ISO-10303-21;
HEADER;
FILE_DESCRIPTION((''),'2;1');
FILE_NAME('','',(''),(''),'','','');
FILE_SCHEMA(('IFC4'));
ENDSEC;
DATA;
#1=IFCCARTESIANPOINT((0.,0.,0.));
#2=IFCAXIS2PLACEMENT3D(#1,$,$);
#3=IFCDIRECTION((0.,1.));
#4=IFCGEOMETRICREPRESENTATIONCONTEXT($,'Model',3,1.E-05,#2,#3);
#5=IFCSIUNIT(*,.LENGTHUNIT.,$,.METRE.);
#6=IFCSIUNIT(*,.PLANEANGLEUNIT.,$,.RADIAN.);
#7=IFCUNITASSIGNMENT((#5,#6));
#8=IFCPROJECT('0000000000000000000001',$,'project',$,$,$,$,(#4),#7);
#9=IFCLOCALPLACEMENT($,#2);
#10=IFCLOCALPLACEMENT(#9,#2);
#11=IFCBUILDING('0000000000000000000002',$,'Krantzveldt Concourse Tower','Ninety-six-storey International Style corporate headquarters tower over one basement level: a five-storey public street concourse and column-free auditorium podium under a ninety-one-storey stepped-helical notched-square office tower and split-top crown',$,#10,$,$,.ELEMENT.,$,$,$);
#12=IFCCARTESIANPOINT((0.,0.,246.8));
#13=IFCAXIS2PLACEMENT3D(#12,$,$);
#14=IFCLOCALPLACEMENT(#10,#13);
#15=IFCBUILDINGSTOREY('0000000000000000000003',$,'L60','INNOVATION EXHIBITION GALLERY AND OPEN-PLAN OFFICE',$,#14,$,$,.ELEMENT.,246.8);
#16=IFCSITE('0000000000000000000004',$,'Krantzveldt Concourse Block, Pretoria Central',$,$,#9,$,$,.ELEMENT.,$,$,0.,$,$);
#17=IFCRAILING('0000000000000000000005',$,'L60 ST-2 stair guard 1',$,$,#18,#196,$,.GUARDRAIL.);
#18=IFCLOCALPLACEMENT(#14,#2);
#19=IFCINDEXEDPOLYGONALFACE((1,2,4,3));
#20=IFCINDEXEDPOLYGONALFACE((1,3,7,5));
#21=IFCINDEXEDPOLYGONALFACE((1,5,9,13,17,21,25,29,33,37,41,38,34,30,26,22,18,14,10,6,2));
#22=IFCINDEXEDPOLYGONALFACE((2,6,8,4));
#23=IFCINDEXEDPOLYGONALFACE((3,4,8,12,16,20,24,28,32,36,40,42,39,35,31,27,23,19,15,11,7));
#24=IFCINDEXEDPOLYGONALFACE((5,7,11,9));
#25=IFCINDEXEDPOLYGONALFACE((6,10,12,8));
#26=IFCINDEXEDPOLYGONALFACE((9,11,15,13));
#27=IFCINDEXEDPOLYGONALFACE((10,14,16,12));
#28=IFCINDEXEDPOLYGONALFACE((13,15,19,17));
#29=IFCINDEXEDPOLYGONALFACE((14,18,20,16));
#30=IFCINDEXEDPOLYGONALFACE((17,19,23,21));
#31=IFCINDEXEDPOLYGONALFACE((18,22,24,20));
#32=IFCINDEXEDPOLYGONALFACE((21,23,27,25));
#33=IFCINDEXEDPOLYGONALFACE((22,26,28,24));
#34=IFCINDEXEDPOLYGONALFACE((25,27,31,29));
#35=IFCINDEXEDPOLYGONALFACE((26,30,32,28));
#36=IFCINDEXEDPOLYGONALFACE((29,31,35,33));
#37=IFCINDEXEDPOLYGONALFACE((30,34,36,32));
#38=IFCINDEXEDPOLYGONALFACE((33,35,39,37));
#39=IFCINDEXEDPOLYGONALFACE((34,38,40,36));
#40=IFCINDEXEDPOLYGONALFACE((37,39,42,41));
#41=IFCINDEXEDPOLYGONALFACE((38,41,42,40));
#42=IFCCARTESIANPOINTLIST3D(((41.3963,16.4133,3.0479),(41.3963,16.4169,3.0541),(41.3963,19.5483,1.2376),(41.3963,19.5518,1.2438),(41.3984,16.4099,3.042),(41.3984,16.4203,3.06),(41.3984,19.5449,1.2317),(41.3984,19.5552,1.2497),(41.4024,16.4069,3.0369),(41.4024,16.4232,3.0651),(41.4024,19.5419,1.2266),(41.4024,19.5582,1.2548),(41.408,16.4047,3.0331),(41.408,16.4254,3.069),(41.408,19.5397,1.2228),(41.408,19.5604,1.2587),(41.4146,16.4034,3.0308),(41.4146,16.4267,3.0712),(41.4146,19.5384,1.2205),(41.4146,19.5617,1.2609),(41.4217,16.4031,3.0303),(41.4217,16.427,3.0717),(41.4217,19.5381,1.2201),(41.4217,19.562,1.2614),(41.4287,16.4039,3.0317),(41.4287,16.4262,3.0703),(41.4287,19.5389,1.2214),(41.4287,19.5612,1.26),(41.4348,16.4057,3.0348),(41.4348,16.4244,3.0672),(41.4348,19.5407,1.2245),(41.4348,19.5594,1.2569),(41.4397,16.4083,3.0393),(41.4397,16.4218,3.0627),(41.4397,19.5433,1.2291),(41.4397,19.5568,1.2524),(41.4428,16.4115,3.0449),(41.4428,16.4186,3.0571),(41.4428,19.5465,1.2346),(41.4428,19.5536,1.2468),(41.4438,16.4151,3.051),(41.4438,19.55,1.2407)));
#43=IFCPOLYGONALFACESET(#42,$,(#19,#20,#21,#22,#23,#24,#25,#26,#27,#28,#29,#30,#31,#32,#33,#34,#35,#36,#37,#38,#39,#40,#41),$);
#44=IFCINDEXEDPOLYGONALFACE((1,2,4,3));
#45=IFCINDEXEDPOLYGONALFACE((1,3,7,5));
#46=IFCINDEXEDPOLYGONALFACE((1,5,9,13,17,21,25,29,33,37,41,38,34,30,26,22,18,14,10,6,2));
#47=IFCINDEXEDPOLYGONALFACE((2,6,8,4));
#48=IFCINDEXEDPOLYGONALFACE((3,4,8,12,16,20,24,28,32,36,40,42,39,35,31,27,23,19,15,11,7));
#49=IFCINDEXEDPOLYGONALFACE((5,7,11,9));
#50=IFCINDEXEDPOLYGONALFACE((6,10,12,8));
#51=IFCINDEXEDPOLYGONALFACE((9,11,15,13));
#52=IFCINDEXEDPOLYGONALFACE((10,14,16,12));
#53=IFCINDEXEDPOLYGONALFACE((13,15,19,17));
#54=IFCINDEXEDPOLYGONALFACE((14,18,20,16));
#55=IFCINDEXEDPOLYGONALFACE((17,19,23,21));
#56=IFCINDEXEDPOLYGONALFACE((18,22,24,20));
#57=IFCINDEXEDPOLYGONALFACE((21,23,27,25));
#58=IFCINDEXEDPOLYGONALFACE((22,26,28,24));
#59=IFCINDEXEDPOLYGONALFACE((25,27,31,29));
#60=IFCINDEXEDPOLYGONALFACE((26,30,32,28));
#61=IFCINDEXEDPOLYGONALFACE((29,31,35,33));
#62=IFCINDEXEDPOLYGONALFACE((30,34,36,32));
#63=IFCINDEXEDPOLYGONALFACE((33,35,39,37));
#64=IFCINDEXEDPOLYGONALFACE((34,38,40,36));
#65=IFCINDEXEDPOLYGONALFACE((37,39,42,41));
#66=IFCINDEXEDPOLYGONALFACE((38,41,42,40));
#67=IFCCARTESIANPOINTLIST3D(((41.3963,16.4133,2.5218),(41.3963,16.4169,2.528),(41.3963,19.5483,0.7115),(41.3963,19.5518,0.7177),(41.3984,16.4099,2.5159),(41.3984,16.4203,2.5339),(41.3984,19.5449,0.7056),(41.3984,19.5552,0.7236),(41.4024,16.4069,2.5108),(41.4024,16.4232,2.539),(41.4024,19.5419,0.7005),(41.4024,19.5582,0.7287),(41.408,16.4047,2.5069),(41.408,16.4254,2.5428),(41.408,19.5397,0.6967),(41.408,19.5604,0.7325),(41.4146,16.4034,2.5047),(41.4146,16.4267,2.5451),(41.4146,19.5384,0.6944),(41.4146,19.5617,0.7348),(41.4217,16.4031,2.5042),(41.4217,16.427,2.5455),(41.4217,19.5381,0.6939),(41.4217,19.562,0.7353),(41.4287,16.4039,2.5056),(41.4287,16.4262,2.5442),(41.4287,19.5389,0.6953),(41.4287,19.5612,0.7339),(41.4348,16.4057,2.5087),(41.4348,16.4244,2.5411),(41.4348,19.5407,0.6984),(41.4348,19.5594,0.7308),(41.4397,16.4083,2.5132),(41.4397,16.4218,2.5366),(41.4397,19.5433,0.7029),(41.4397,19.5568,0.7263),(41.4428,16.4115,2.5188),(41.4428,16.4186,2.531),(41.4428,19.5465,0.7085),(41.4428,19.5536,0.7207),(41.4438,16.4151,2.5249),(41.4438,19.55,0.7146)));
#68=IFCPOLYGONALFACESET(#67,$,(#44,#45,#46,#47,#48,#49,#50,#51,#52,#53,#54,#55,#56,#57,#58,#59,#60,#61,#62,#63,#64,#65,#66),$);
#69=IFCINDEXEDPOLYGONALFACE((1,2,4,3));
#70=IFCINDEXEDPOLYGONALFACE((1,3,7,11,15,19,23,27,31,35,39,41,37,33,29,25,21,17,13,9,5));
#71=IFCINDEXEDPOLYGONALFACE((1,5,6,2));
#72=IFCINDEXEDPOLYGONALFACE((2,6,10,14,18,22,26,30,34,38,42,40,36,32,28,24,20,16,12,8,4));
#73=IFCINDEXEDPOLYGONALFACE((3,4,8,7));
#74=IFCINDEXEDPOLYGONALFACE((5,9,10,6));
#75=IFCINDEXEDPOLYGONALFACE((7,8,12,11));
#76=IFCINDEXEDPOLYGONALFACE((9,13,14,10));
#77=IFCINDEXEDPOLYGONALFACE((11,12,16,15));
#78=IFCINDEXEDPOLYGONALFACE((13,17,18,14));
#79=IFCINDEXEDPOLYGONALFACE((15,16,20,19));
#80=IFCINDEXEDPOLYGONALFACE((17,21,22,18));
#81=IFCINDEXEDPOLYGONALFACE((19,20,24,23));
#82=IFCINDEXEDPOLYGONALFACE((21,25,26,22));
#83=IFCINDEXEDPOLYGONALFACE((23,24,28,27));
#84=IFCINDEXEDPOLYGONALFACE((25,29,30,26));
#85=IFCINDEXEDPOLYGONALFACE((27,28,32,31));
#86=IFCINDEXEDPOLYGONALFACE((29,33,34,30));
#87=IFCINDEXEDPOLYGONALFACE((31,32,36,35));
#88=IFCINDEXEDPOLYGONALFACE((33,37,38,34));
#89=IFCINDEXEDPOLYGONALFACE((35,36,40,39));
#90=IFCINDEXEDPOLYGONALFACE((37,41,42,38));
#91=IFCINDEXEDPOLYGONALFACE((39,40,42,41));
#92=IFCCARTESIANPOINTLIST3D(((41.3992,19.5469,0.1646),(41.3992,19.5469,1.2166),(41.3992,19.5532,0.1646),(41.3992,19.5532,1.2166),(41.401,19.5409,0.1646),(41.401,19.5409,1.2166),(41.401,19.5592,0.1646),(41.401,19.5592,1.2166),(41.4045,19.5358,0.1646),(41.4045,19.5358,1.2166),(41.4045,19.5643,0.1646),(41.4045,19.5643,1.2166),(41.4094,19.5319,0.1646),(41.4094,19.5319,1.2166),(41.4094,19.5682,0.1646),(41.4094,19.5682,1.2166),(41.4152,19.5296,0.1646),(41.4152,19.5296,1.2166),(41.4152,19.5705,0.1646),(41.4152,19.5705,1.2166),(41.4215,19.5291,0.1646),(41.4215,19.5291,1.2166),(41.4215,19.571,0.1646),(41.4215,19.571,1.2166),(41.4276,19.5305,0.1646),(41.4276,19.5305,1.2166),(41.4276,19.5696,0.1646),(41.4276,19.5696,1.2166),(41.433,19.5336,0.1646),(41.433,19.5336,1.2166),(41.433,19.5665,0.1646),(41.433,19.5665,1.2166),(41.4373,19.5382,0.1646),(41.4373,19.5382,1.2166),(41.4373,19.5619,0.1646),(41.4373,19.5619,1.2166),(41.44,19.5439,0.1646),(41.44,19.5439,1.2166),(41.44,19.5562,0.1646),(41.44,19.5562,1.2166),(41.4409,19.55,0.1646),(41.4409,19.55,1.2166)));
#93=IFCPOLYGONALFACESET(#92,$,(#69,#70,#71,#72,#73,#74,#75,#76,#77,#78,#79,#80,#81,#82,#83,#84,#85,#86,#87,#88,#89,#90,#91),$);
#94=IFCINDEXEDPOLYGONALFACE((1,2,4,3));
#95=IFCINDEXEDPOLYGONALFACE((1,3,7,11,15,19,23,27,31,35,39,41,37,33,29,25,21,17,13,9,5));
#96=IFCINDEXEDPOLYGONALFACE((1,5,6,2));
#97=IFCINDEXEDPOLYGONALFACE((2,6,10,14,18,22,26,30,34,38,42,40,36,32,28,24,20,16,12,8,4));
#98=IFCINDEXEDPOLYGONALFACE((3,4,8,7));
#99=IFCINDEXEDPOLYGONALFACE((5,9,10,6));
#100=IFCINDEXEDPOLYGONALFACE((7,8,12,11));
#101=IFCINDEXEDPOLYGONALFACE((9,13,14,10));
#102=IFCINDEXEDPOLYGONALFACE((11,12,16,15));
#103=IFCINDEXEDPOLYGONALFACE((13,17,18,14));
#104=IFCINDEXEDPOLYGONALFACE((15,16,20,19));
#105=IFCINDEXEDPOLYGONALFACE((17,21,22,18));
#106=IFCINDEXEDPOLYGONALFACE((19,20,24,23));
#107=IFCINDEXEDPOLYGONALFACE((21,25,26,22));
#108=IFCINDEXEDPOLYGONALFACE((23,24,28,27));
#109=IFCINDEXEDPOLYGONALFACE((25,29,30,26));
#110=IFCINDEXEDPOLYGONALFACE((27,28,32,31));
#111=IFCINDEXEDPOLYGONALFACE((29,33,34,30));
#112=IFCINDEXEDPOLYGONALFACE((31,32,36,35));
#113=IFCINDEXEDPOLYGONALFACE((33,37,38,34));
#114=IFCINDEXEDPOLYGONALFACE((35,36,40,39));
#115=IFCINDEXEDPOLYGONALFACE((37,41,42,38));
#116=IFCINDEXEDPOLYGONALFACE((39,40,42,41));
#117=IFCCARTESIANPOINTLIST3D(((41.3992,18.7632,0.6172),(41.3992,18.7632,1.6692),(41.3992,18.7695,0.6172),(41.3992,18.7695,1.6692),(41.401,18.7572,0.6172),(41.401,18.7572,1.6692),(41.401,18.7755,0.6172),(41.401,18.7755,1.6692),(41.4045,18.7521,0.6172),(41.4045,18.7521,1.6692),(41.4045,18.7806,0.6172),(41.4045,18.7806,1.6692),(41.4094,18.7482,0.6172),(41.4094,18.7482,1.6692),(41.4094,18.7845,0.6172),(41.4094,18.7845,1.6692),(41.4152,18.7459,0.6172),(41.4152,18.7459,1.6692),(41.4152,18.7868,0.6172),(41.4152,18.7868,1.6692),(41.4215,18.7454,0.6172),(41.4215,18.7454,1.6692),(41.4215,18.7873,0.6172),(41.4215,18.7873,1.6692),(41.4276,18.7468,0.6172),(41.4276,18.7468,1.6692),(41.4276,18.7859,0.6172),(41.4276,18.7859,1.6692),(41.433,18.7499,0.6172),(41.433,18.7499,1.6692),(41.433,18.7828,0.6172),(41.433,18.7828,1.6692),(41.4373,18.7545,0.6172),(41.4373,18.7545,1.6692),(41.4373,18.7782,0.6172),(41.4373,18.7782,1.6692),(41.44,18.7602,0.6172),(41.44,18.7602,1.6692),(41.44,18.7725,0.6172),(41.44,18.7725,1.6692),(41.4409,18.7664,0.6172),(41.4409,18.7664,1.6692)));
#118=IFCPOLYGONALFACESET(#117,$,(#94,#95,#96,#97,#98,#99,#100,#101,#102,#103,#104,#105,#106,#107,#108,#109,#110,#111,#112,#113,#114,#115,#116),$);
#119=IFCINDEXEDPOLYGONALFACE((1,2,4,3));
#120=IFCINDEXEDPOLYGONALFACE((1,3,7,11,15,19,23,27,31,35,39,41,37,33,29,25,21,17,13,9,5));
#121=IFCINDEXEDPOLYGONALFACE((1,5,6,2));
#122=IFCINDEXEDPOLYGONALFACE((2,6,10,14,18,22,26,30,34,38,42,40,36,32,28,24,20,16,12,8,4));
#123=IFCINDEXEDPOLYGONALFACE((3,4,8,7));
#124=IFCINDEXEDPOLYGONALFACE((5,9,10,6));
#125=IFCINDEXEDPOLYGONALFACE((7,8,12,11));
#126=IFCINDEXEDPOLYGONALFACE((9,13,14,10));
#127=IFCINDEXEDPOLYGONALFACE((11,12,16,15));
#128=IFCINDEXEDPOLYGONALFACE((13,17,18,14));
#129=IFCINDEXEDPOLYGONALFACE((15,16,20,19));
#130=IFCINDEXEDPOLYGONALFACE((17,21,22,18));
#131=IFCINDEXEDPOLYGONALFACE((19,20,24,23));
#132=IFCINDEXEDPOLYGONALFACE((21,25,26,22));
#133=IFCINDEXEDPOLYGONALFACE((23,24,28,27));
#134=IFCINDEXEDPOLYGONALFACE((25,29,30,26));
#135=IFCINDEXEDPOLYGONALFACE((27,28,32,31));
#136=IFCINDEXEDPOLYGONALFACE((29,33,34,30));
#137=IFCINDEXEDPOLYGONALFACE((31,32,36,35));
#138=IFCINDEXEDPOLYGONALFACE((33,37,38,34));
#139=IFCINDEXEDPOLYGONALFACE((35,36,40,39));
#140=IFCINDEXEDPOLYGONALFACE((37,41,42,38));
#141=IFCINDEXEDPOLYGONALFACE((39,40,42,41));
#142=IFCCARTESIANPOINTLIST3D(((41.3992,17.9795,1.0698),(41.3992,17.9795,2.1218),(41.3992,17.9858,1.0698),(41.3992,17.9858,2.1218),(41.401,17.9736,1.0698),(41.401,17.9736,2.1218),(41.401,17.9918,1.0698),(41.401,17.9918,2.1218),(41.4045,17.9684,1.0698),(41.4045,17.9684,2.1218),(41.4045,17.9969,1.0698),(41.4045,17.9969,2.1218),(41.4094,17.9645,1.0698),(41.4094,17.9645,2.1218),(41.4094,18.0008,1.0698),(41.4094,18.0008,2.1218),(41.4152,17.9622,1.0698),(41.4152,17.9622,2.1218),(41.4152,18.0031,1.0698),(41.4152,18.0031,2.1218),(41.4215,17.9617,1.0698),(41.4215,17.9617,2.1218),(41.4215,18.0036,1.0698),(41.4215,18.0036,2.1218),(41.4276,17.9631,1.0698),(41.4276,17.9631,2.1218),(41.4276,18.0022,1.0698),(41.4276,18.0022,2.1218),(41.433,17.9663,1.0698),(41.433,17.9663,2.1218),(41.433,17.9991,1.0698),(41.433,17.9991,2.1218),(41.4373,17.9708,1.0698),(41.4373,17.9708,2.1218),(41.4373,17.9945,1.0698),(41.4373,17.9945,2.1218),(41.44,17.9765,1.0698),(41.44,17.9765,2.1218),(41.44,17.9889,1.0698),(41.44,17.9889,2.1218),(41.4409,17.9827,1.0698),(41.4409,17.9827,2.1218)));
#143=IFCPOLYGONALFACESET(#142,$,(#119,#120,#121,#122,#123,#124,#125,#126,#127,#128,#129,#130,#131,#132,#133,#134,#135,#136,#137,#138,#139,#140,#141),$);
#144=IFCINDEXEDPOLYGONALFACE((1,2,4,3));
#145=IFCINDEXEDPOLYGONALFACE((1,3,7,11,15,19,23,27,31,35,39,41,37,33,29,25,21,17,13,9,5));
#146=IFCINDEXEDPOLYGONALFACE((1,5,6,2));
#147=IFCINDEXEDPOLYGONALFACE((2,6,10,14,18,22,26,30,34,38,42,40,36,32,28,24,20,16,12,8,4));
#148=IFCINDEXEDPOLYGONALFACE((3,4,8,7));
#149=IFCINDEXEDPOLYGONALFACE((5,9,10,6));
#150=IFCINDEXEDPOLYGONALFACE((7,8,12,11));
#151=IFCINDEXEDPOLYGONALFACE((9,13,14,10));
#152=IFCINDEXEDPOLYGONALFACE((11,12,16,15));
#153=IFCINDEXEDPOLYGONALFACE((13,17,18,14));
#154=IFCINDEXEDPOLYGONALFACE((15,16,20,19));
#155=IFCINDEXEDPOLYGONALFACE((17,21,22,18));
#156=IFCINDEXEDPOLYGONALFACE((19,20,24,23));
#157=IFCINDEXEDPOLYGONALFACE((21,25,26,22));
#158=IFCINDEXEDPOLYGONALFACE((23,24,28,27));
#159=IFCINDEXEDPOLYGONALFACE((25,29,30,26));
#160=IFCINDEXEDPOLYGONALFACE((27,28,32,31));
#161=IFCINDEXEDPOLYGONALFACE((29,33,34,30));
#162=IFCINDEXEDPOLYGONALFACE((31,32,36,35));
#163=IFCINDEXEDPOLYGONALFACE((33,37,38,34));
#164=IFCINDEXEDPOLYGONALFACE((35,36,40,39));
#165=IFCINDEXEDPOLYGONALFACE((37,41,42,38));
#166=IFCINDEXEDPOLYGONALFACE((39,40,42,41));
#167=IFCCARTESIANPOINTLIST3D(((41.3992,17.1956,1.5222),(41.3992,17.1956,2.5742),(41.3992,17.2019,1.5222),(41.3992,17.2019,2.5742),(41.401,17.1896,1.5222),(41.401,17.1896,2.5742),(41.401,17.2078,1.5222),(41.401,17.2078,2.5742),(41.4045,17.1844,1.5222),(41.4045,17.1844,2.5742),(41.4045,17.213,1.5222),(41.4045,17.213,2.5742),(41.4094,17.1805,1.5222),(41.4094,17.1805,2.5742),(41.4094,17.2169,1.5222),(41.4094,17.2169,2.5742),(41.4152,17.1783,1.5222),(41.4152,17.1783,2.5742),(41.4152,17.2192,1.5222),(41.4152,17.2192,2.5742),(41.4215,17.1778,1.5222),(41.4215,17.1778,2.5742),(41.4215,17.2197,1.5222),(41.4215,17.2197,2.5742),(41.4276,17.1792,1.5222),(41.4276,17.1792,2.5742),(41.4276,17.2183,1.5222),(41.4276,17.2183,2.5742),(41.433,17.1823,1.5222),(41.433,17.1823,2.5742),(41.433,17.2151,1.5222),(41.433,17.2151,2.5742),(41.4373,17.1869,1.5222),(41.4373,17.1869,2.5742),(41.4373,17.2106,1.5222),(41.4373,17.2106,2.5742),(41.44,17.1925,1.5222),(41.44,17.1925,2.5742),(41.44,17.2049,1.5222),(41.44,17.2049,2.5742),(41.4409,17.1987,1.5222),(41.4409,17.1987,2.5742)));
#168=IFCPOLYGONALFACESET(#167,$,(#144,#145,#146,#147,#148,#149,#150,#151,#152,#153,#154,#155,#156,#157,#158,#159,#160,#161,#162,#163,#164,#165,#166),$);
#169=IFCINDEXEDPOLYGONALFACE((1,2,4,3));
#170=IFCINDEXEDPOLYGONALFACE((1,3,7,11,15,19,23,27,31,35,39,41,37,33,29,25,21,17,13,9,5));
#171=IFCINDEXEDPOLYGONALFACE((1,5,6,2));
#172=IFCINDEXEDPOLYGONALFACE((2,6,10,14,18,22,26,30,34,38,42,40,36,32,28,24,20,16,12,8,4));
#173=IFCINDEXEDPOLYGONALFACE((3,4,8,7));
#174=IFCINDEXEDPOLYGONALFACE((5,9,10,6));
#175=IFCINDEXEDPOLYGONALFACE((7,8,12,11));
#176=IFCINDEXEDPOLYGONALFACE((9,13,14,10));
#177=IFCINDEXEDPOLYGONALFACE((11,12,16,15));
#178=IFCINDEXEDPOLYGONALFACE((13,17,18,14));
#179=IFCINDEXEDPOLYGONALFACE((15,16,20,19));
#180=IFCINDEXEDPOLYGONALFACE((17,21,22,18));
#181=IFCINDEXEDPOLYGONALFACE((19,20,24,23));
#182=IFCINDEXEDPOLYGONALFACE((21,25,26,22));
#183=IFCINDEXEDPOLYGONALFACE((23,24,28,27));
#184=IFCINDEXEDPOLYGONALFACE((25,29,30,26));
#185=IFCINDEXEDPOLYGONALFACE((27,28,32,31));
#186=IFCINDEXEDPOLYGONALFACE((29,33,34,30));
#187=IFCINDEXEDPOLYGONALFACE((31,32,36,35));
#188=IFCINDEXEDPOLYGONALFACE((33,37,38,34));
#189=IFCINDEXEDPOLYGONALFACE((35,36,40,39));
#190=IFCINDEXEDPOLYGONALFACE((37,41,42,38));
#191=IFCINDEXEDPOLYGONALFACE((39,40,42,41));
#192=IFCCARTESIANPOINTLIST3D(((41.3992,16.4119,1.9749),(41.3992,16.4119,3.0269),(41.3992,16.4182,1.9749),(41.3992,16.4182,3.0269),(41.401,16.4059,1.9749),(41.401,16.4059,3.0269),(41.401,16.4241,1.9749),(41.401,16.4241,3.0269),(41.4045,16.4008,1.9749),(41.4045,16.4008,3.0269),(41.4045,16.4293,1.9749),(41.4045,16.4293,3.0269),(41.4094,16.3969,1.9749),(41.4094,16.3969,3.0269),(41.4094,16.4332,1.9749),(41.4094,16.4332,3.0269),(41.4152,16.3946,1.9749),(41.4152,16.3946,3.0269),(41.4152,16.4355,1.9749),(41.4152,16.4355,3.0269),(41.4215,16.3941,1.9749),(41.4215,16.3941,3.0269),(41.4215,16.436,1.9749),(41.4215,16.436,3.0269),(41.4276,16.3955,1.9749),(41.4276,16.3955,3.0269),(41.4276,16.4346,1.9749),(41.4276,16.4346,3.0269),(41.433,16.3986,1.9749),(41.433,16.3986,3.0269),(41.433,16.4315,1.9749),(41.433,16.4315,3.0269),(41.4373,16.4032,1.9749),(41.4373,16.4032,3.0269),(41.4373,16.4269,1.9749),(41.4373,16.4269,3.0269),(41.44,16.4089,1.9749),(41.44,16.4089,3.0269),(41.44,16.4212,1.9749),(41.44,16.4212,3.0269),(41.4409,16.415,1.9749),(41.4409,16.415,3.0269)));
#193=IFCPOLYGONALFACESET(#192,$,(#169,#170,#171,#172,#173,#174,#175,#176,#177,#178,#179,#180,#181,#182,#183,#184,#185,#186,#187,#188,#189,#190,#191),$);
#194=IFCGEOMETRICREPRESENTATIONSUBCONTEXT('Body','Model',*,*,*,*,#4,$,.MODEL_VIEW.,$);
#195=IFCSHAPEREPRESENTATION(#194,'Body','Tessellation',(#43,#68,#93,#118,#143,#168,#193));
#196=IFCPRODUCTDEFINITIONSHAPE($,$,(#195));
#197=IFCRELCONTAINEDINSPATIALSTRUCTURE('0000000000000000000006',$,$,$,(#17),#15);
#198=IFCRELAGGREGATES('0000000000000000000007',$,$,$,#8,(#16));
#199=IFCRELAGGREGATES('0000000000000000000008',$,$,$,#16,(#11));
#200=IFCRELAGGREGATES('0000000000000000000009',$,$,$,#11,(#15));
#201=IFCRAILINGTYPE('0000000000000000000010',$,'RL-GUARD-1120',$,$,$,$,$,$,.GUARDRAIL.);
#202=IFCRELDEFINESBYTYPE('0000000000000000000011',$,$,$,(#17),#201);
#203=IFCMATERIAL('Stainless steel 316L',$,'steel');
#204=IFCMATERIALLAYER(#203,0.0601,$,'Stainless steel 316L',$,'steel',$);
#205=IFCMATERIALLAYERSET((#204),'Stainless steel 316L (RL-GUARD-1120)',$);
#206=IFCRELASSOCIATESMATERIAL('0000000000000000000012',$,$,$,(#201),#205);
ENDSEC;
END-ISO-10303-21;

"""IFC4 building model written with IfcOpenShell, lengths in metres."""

from ifc_helpers import new_model, si_unit, direction, frame, origin, origin_2d, place, context, subcontext, project, spatial, circle, extrude, material, layer, layer_set, type_object, element, save


model = new_model("IFC4")

# Units and contexts
model_context = context("Model", 3, precision=1e-05, world=origin(), true_north=direction((0.0, 1.0)))
body_context = subcontext(model_context, "Body", "Model", "MODEL_VIEW")
ifc_project = project(units=[si_unit("LENGTHUNIT", "METRE"), si_unit("PLANEANGLEUNIT", "RADIAN")], contexts=[model_context])

# Site, building, storey
site_placement = place(None, origin())
site = spatial("IfcSite", under=ifc_project, at=site_placement, Name="Krantzveldt Concourse Block, Pretoria Central", CompositionType="ELEMENT", RefElevation=0.0)
building_placement = place(site_placement, origin())
building = spatial("IfcBuilding", under=site, at=building_placement, Name="Krantzveldt Concourse Tower", Description="Ninety-six-storey International Style corporate headquarters tower over one basement level: a five-storey public street concourse and column-free auditorium podium under a ninety-one-storey stepped-helical notched-square office tower and split-top crown", CompositionType="ELEMENT")
storey_placement = place(building_placement, frame((0.0, 0.0, 246.8)))
storey = spatial("IfcBuildingStorey", under=building, at=storey_placement, Name="L60", Description="INNOVATION EXHIBITION GALLERY AND OPEN-PLAN OFFICE", CompositionType="ELEMENT", Elevation=246.8)

# Shared definitions
ifc_material_1 = material(Name="Stainless steel 316L", Category="steel")

# Railing
ifc_layer_1 = layer(ifc_material_1, 0.0601, Name="Stainless steel 316L", Category="steel")
ifc_layer_set_1 = layer_set([ifc_layer_1], Name="Stainless steel 316L (RL-GUARD-1120)")
railing_type_1 = type_object("IfcRailingType", Name="RL-GUARD-1120", PredefinedType="GUARDRAIL", material=ifc_layer_set_1)
railing_1_placement = place(storey_placement, frame((41.4199, 19.55, 0.1646)))
element("IfcRailing", 1, at=railing_1_placement, inside=storey, type_object=railing_type_1, Name="L60 ST-2 stair guard 1", PredefinedType="GUARDRAIL", context=body_context, shape_type="SweptSolid", body=[
    extrude(circle(Radius=0.0239, at=origin_2d()), frame((0.0, 0.0, 1.0762), z_axis=(0.0, -0.865989, 0.500063), x_axis=(1.0, 0.0, 0.0)), (0.0, 0.0, 1.0), 3.6201),
    extrude(circle(Radius=0.0239, at=origin_2d()), frame((0.0, 0.0, 0.55), z_axis=(0.0, -0.865989, 0.500063), x_axis=(1.0, 0.0, 0.0)), (0.0, 0.0, 1.0), 3.6201),
    extrude(circle(Radius=0.021, at=origin_2d()), origin(), (0.0, 0.0, 1.0), 1.052),
    extrude(circle(Radius=0.021, at=origin_2d()), frame((0.0, -0.7837, 0.4526)), (0.0, 0.0, 1.0), 1.052),
    extrude(circle(Radius=0.021, at=origin_2d()), frame((0.0, -1.5674, 0.9053)), (0.0, 0.0, 1.0), 1.052),
    extrude(circle(Radius=0.021, at=origin_2d()), frame((0.0, -2.3513, 1.3577)), (0.0, 0.0, 1.0), 1.052),
    extrude(circle(Radius=0.021, at=origin_2d()), frame((0.0, -3.135, 1.8103)), (0.0, 0.0, 1.0), 1.052),
])

save(model, "model.ifc")
